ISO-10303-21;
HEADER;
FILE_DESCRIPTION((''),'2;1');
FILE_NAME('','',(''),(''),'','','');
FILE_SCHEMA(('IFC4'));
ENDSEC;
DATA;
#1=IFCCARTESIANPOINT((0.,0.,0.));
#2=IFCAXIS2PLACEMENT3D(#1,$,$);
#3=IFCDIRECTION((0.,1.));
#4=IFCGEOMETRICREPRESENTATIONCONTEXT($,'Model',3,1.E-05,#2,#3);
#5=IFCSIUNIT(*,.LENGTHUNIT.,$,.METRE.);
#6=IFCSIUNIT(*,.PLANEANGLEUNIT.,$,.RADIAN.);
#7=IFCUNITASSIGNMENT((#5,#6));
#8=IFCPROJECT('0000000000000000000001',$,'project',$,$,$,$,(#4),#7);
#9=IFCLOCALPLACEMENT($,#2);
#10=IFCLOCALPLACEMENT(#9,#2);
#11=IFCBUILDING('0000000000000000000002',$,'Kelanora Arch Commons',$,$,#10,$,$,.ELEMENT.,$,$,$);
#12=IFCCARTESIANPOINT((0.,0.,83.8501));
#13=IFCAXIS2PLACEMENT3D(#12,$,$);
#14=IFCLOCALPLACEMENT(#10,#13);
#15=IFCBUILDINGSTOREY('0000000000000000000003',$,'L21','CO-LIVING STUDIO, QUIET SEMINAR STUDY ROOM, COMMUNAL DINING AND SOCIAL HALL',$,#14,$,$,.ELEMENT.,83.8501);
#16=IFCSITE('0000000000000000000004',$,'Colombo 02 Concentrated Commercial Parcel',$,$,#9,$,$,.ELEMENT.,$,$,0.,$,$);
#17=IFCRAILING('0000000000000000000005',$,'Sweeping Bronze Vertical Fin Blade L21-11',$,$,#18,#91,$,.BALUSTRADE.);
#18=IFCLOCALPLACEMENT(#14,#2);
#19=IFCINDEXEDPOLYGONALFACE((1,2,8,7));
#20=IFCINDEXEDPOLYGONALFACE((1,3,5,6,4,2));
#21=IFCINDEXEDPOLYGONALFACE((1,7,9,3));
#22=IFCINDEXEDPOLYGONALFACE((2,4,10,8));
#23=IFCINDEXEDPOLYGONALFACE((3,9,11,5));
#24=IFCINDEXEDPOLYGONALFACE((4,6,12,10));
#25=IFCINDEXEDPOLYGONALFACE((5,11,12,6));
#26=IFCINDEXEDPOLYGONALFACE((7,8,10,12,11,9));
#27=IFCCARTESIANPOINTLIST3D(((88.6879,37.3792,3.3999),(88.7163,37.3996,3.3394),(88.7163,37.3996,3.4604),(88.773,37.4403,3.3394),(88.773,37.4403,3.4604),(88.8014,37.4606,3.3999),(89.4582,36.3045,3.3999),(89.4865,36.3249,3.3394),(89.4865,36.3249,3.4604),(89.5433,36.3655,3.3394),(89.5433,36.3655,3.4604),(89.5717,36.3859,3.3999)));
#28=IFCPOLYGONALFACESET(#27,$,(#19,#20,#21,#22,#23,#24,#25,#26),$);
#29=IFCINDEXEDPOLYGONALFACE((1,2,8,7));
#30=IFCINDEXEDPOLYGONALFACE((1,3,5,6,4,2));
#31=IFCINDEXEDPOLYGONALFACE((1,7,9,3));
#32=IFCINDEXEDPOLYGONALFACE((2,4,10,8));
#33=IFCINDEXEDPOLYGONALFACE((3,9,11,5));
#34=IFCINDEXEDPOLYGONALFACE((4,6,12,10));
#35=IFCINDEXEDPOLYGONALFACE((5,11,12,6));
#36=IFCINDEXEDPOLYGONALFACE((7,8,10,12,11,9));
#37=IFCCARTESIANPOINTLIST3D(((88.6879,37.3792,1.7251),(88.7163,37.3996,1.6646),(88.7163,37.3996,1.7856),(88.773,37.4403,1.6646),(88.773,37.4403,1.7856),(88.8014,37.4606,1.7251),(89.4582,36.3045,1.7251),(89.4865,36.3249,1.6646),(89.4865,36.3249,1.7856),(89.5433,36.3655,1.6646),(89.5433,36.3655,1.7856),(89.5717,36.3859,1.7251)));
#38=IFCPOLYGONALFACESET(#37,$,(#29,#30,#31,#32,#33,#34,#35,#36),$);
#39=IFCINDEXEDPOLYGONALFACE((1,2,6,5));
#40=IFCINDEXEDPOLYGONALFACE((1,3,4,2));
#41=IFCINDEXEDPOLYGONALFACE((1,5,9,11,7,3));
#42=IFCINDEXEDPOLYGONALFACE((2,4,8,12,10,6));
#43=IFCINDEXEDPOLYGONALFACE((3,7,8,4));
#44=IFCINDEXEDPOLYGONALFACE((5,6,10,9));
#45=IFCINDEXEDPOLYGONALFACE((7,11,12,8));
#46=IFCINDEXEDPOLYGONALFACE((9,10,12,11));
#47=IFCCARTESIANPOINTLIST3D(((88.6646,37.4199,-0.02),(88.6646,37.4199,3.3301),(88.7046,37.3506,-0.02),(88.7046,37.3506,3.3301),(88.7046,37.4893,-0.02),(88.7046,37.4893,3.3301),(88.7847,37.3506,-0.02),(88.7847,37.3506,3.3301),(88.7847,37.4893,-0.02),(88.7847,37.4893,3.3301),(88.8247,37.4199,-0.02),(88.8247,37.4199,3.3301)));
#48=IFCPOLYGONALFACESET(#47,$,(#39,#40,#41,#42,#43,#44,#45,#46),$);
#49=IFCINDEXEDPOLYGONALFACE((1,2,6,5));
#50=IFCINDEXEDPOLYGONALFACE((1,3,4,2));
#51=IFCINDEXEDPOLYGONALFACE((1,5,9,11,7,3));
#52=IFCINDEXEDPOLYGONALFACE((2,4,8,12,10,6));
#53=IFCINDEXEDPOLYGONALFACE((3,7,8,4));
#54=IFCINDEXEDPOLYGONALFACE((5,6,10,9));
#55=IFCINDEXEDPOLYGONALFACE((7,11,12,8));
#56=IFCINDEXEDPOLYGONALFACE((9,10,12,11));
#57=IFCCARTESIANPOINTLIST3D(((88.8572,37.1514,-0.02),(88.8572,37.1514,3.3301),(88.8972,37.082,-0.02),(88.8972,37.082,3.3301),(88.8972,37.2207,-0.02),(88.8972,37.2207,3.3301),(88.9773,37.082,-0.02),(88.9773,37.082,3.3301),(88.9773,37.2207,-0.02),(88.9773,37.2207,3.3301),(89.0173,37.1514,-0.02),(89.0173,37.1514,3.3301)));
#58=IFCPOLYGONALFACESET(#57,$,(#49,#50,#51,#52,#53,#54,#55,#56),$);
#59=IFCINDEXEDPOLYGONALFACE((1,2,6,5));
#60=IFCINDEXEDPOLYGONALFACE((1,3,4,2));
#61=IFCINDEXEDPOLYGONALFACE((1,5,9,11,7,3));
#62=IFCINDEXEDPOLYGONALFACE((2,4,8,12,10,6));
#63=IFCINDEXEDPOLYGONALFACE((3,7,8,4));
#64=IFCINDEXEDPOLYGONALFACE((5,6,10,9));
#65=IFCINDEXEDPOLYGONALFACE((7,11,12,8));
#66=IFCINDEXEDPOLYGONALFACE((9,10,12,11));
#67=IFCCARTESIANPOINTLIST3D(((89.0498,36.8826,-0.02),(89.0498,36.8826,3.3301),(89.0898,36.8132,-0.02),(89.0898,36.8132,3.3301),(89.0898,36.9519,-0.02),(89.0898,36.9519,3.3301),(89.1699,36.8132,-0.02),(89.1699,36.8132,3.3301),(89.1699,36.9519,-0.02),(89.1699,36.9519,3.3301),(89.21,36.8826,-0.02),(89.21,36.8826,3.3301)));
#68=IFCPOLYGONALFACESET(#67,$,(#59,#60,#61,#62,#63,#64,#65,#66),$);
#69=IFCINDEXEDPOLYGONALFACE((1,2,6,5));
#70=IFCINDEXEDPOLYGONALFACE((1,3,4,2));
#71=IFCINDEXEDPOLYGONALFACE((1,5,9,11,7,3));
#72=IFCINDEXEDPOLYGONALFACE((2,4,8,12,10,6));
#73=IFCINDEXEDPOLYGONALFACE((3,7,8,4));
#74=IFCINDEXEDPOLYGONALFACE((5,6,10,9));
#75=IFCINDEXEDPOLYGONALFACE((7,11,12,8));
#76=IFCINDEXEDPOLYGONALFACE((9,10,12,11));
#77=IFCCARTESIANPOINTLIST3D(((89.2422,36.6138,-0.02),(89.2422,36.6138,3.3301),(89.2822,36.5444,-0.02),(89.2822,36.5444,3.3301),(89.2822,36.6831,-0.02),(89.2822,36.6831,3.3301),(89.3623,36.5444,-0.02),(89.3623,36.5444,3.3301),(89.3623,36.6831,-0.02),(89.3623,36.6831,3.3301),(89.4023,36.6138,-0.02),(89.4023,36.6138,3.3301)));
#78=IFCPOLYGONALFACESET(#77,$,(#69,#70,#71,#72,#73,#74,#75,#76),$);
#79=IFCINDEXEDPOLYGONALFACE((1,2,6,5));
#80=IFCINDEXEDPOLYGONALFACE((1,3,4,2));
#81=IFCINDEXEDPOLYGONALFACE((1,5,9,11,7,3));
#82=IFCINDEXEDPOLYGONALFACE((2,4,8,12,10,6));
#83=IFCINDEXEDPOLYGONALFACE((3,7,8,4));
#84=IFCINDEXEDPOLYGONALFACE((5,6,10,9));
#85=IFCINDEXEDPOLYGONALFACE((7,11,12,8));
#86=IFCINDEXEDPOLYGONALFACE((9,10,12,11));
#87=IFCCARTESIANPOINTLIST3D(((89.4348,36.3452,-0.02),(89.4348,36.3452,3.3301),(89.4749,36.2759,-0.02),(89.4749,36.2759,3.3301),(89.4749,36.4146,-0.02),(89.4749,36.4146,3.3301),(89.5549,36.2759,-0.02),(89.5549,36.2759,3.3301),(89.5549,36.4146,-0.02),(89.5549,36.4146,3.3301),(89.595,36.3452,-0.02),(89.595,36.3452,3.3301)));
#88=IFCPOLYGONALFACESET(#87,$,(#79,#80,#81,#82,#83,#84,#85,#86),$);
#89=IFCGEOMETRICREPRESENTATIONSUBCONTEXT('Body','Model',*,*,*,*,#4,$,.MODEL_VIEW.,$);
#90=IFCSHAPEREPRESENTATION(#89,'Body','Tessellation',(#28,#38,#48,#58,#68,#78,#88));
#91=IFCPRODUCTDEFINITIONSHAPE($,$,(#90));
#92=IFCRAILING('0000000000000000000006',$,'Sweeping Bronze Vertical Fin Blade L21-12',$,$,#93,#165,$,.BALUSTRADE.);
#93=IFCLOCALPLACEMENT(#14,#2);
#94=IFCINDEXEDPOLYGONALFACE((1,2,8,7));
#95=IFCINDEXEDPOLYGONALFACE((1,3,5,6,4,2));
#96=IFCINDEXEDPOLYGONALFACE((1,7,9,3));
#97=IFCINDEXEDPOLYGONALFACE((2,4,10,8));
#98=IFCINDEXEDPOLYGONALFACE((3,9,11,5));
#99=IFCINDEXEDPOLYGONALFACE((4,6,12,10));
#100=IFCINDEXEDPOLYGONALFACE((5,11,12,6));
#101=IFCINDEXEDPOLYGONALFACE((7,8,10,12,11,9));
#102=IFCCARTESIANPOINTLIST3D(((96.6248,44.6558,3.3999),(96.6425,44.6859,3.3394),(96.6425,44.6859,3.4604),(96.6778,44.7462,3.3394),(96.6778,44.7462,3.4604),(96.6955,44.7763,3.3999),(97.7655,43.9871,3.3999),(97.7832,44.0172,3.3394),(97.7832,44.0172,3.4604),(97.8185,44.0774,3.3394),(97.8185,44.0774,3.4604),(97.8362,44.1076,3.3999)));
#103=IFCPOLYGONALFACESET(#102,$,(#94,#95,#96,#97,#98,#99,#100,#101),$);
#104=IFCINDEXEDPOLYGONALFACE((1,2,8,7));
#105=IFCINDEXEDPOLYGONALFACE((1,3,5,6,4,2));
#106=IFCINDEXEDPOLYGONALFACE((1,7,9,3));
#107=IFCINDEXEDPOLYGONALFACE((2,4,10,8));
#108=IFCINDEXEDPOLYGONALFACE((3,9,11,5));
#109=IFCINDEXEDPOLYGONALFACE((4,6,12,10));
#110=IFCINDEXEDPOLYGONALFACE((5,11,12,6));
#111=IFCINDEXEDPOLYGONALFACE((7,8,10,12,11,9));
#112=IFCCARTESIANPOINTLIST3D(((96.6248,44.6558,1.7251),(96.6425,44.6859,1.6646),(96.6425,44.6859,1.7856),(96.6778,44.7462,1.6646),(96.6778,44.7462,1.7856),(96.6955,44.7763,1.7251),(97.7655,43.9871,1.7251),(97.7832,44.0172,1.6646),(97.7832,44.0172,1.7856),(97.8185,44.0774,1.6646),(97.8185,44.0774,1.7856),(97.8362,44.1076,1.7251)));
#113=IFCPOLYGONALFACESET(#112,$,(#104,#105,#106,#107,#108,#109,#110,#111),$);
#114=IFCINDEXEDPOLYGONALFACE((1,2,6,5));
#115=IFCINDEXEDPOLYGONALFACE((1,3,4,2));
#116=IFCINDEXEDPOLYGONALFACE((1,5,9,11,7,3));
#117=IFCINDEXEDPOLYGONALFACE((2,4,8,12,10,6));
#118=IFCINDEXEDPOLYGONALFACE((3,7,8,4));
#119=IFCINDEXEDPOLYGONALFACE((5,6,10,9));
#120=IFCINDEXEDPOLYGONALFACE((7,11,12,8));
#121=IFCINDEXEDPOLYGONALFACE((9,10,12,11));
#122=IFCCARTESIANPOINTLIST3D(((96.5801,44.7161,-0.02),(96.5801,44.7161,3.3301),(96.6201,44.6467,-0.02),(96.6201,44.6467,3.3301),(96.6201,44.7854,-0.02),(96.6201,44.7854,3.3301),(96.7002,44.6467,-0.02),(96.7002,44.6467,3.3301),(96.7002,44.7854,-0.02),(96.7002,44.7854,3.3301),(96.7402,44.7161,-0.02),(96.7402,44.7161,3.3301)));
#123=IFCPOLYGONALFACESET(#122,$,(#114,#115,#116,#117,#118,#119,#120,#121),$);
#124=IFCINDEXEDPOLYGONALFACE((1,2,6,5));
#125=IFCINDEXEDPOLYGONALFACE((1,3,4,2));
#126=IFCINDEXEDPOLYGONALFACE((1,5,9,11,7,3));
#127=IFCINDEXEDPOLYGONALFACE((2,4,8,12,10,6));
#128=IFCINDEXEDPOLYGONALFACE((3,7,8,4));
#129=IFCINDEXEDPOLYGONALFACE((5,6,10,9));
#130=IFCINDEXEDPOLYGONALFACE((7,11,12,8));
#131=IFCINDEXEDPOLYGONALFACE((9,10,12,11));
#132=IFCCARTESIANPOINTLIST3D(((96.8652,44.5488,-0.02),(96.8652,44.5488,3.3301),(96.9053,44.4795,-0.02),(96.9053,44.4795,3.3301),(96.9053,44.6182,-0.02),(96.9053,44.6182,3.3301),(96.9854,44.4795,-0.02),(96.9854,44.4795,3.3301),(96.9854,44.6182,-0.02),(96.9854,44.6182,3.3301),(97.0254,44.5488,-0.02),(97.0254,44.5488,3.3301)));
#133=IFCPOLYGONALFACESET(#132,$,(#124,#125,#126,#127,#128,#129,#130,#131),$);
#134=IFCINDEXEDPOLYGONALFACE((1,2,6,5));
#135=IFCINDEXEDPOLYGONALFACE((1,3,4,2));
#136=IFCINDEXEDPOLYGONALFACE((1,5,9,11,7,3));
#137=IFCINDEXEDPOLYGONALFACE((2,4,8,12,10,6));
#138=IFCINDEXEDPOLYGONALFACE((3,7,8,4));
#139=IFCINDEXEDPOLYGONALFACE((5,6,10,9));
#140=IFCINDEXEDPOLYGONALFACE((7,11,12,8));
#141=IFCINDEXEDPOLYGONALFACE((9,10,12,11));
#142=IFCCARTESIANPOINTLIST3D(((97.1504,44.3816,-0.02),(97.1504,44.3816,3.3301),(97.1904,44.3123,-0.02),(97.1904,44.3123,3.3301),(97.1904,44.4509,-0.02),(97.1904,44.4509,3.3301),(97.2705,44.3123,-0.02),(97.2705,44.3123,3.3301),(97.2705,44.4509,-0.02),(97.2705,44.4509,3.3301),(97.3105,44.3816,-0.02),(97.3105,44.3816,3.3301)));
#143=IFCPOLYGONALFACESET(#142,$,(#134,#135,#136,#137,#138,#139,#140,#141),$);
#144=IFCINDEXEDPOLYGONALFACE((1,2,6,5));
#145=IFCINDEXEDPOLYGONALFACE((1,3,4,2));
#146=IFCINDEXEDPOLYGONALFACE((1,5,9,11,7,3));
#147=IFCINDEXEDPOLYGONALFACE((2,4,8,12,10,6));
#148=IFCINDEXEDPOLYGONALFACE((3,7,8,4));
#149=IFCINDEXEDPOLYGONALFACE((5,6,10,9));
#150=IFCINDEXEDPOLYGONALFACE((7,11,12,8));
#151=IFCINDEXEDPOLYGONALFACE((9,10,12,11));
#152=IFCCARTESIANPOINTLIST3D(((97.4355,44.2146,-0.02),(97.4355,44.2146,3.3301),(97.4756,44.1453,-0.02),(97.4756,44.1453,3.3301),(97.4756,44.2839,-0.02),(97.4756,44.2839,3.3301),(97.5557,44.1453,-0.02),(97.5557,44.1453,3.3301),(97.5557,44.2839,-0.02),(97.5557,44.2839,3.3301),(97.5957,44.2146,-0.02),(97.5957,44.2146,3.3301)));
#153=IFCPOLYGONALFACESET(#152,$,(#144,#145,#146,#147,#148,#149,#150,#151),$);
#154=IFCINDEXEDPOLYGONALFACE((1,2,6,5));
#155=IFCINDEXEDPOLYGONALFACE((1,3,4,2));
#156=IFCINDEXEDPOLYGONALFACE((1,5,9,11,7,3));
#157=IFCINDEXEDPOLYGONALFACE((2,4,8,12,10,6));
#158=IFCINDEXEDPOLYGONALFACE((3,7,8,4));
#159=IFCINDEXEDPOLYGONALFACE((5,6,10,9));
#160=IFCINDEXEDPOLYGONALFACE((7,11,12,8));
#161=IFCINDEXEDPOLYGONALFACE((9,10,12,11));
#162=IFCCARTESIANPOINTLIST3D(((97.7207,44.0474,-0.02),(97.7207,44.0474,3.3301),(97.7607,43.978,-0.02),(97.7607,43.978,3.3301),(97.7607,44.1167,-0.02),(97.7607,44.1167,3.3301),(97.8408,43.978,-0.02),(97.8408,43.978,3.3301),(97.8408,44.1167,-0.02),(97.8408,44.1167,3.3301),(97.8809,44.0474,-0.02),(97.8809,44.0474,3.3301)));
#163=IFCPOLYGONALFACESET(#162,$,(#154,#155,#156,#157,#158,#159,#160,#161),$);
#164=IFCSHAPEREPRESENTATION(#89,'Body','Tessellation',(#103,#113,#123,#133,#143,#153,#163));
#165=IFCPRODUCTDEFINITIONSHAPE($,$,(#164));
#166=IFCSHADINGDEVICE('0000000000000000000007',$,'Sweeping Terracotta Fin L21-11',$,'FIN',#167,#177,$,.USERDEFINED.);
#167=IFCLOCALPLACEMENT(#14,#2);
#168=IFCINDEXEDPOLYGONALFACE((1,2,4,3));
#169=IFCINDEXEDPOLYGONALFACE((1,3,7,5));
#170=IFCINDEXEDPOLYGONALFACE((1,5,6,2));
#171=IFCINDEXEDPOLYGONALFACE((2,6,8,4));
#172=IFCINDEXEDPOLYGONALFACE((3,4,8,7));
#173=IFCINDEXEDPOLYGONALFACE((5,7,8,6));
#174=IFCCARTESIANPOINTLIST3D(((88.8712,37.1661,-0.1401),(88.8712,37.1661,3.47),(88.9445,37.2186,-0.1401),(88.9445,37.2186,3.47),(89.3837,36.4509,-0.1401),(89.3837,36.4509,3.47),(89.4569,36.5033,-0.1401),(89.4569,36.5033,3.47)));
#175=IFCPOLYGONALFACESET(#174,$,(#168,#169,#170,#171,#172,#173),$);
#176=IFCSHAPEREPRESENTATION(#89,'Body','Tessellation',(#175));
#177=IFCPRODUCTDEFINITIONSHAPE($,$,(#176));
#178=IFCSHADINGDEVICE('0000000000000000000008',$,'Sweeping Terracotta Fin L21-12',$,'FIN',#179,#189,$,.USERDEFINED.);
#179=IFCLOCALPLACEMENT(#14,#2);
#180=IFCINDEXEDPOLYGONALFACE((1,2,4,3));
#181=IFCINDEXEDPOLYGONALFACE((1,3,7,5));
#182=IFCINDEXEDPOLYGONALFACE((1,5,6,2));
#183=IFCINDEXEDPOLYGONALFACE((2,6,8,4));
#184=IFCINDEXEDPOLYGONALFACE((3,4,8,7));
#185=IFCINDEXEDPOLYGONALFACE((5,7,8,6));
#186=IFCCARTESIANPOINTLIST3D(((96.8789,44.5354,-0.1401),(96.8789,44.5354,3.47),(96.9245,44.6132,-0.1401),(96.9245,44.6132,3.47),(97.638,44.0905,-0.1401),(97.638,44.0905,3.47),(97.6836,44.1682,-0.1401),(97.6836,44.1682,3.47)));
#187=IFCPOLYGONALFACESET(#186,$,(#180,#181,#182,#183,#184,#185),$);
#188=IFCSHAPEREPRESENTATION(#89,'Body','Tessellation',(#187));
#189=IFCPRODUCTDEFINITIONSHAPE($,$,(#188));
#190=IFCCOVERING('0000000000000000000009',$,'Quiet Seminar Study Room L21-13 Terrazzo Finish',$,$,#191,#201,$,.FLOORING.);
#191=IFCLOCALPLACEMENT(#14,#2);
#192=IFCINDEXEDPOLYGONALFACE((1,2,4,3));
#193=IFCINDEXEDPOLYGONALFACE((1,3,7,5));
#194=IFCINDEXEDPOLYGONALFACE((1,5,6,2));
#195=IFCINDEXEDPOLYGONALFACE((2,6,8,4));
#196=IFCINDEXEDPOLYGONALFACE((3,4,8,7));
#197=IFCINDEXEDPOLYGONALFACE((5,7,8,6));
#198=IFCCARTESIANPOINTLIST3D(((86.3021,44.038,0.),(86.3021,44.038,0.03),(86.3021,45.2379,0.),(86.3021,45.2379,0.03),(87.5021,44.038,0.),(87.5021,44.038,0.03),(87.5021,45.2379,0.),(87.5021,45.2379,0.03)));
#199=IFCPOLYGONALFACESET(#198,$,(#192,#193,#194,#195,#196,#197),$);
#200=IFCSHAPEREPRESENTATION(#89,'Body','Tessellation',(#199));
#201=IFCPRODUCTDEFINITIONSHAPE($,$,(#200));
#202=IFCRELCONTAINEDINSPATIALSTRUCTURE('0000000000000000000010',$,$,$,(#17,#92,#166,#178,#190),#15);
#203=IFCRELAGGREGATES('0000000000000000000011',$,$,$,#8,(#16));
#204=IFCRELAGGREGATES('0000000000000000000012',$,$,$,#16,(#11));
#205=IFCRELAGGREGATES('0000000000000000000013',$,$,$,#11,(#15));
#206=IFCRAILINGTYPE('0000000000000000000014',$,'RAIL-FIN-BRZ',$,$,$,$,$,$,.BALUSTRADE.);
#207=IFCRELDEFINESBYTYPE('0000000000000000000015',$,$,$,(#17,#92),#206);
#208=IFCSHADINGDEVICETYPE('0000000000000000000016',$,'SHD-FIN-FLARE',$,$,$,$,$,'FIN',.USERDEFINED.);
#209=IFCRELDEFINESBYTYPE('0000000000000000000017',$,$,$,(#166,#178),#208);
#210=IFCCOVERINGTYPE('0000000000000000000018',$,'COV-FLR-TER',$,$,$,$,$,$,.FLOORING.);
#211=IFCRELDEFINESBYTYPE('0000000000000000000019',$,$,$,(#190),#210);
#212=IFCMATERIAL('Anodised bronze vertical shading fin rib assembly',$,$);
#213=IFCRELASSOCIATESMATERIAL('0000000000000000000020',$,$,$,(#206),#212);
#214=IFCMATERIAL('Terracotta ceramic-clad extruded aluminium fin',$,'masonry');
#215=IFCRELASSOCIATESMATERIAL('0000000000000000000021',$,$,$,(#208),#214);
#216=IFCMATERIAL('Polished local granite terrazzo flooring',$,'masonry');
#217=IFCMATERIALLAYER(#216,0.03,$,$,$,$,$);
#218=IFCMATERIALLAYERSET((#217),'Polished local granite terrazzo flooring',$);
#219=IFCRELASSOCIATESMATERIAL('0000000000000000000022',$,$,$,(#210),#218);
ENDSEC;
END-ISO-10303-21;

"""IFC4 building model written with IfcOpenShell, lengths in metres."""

from ifc_helpers import new_model, si_unit, direction, frame, origin, origin_2d, place, context, subcontext, project, spatial, polyline, rectangle, outline, extrude, source, transform, mapped, material, layer, layer_set, type_object, element, save


model = new_model("IFC4")

# Units and contexts
model_context = context("Model", 3, precision=1e-05, world=origin(), true_north=direction((0.0, 1.0)))
body_context = subcontext(model_context, "Body", "Model", "MODEL_VIEW")
ifc_project = project(units=[si_unit("LENGTHUNIT", "METRE"), si_unit("PLANEANGLEUNIT", "RADIAN")], contexts=[model_context])

# Site, building, storey
site_placement = place(None, origin())
site = spatial("IfcSite", under=ifc_project, at=site_placement, Name="Colombo 02 Concentrated Commercial Parcel", CompositionType="ELEMENT", RefElevation=0.0)
building_placement = place(site_placement, origin())
building = spatial("IfcBuilding", under=site, at=building_placement, Name="Kelanora Arch Commons", CompositionType="ELEMENT")
storey_placement = place(building_placement, frame((0.0, 0.0, 83.8501)))
storey = spatial("IfcBuildingStorey", under=building, at=storey_placement, Name="L21", Description="CO-LIVING STUDIO, QUIET SEMINAR STUDY ROOM, COMMUNAL DINING AND SOCIAL HALL", CompositionType="ELEMENT", Elevation=83.8501)

# Railings
ifc_material_1 = material(Name="Anodised bronze vertical shading fin rib assembly")
railing_type = type_object("IfcRailingType", Name="RAIL-FIN-BRZ", PredefinedType="BALUSTRADE", material=ifc_material_1)
railing_1_placement = place(storey_placement, frame((88.7446, 37.4199, -0.02)))
element("IfcRailing", 1, at=railing_1_placement, inside=storey, type_object=railing_type, Name="Sweeping Bronze Vertical Fin Blade L21-11", PredefinedType="BALUSTRADE", context=body_context, shape_type="SweptSolid", body=[
    extrude(outline(polyline([(0.0698, 0.0), (0.0349, 0.0605), (-0.0349, 0.0605), (-0.0698, 0.0), (-0.0349, -0.0605), (0.0349, -0.0605), (0.0698, 0.0)])), frame((0.0, 0.0, 3.4199), z_axis=(0.582547, -0.812797, 0.0), x_axis=(0.812797, 0.582547, 0.0)), (0.0, 0.0, 1.0), 1.3223),
    extrude(outline(polyline([(0.0698, 0.0), (0.0349, 0.0605), (-0.0349, 0.0605), (-0.0698, 0.0), (-0.0349, -0.0605), (0.0349, -0.0605), (0.0698, 0.0)])), frame((0.0, 0.0, 1.7451), z_axis=(0.582547, -0.812797, 0.0), x_axis=(0.812797, 0.582547, 0.0)), (0.0, 0.0, 1.0), 1.3223),
    extrude(outline(polyline([(0.0801, 0.0), (0.04, 0.0693), (-0.04, 0.0693), (-0.0801, 0.0), (-0.04, -0.0693), (0.04, -0.0693), (0.0801, 0.0)])), origin(), (0.0, 0.0, 1.0), 3.3501),
    extrude(outline(polyline([(0.0801, 0.0), (0.04, 0.0693), (-0.04, 0.0693), (-0.0801, 0.0), (-0.04, -0.0693), (0.04, -0.0693), (0.0801, 0.0)])), frame((0.1926, -0.2686, 0.0)), (0.0, 0.0, 1.0), 3.3501),
    extrude(outline(polyline([(0.0801, 0.0), (0.04, 0.0693), (-0.04, 0.0693), (-0.0801, 0.0), (-0.04, -0.0693), (0.04, -0.0693), (0.0801, 0.0)])), frame((0.3853, -0.5374, 0.0)), (0.0, 0.0, 1.0), 3.3501),
    extrude(outline(polyline([(0.0801, 0.0), (0.04, 0.0693), (-0.04, 0.0693), (-0.0801, 0.0), (-0.04, -0.0693), (0.04, -0.0693), (0.0801, 0.0)])), frame((0.5776, -0.8062, 0.0)), (0.0, 0.0, 1.0), 3.3501),
    extrude(outline(polyline([(0.0801, 0.0), (0.04, 0.0693), (-0.04, 0.0693), (-0.0801, 0.0), (-0.04, -0.0693), (0.04, -0.0693), (0.0801, 0.0)])), frame((0.7703, -1.0747, 0.0)), (0.0, 0.0, 1.0), 3.3501),
])
railing_2_placement = place(storey_placement, frame((96.6602, 44.7161, -0.02)))
element("IfcRailing", 2, at=railing_2_placement, inside=storey, type_object=railing_type, Name="Sweeping Bronze Vertical Fin Blade L21-12", PredefinedType="BALUSTRADE", context=body_context, shape_type="SweptSolid", body=[
    extrude(outline(polyline([(0.0698, 0.0), (0.0349, 0.0605), (-0.0349, 0.0605), (-0.0698, 0.0), (-0.0349, -0.0605), (0.0349, -0.0605), (0.0698, 0.0)])), frame((0.0, 0.0, 3.4199), z_axis=(0.862679, -0.505753, 0.0), x_axis=(0.505753, 0.862679, 0.0)), (0.0, 0.0, 1.0), 1.3223),
    extrude(outline(polyline([(0.0698, 0.0), (0.0349, 0.0605), (-0.0349, 0.0605), (-0.0698, 0.0), (-0.0349, -0.0605), (0.0349, -0.0605), (0.0698, 0.0)])), frame((0.0, 0.0, 1.7451), z_axis=(0.862679, -0.505753, 0.0), x_axis=(0.505753, 0.862679, 0.0)), (0.0, 0.0, 1.0), 1.3223),
    extrude(outline(polyline([(0.0801, 0.0), (0.04, 0.0693), (-0.04, 0.0693), (-0.0801, 0.0), (-0.04, -0.0693), (0.04, -0.0693), (0.0801, 0.0)])), origin(), (0.0, 0.0, 1.0), 3.3501),
    extrude(outline(polyline([(0.0801, 0.0), (0.04, 0.0693), (-0.04, 0.0693), (-0.0801, 0.0), (-0.04, -0.0693), (0.04, -0.0693), (0.0801, 0.0)])), frame((0.2852, -0.1672, 0.0)), (0.0, 0.0, 1.0), 3.3501),
    extrude(outline(polyline([(0.0801, 0.0), (0.04, 0.0693), (-0.04, 0.0693), (-0.0801, 0.0), (-0.04, -0.0693), (0.04, -0.0693), (0.0801, 0.0)])), frame((0.5703, -0.3345, 0.0)), (0.0, 0.0, 1.0), 3.3501),
    extrude(outline(polyline([(0.0801, 0.0), (0.04, 0.0693), (-0.04, 0.0693), (-0.0801, 0.0), (-0.04, -0.0693), (0.04, -0.0693), (0.0801, 0.0)])), frame((0.8555, -0.5015, 0.0)), (0.0, 0.0, 1.0), 3.3501),
    extrude(outline(polyline([(0.0801, 0.0), (0.04, 0.0693), (-0.04, 0.0693), (-0.0801, 0.0), (-0.04, -0.0693), (0.04, -0.0693), (0.0801, 0.0)])), frame((1.1406, -0.6687, 0.0)), (0.0, 0.0, 1.0), 3.3501),
])

# Shading devices
ifc_material_2 = material(Name="Terracotta ceramic-clad extruded aluminium fin", Category="masonry")
shading_device_type = type_object("IfcShadingDeviceType", Name="SHD-FIN-FLARE", ElementType="FIN", PredefinedType="USERDEFINED", material=ifc_material_2)
shared_shape_1 = source(origin(), body_context, "Body", "SweptSolid", [
    extrude(rectangle(XDim=0.8799, YDim=0.0901, at=origin_2d()), origin(), (0.0, 0.0, 1.0), 3.6101),
])
for number, where, z_axis, x_axis, name in (
    (3, (89.1641, 36.8347, -0.1401), (0.0, 0.0, 1.0), (0.582407, -0.812898, 0.0), "Sweeping Terracotta Fin L21-11"),
    (4, (97.2812, 44.3518, -0.1401), (0.0, 0.0, 1.0), (0.86269, -0.505733, 0.0), "Sweeping Terracotta Fin L21-12"),
):
    element("IfcShadingDevice", number, at=place(storey_placement, frame(where, z_axis=z_axis, x_axis=x_axis)), inside=storey, type_object=shading_device_type, Name=name, ObjectType="FIN", PredefinedType="USERDEFINED", context=body_context, shape_type="MappedRepresentation", body=[
        mapped(shared_shape_1, transform((0.0, 0.0, 0.0), scale=1.0)),
    ])

# Covering
ifc_material_3 = material(Name="Polished local granite terrazzo flooring", Category="masonry")
ifc_layer_1 = layer(ifc_material_3, 0.03)
ifc_layer_set_1 = layer_set([ifc_layer_1], Name="Polished local granite terrazzo flooring")
covering_type = type_object("IfcCoveringType", Name="COV-FLR-TER", PredefinedType="FLOORING", material=ifc_layer_set_1)
shared_shape_2 = source(origin(), body_context, "Body", "SweptSolid", [
    extrude(rectangle(XDim=1.2, YDim=1.2, at=origin_2d()), origin(), (0.0, 0.0, 1.0), 0.03),
])
covering_placement = place(storey_placement, frame((86.9021, 44.6379, 0.0), z_axis=(0.0, 0.0, 1.0), x_axis=(1.0, 0.0, 0.0)))
element("IfcCovering", 5, at=covering_placement, inside=storey, type_object=covering_type, Name="Quiet Seminar Study Room L21-13 Terrazzo Finish", PredefinedType="FLOORING", context=body_context, shape_type="MappedRepresentation", body=[
    mapped(shared_shape_2, transform((0.0, 0.0, 0.0), scale=1.0)),
])

save(model, "model.ifc")
